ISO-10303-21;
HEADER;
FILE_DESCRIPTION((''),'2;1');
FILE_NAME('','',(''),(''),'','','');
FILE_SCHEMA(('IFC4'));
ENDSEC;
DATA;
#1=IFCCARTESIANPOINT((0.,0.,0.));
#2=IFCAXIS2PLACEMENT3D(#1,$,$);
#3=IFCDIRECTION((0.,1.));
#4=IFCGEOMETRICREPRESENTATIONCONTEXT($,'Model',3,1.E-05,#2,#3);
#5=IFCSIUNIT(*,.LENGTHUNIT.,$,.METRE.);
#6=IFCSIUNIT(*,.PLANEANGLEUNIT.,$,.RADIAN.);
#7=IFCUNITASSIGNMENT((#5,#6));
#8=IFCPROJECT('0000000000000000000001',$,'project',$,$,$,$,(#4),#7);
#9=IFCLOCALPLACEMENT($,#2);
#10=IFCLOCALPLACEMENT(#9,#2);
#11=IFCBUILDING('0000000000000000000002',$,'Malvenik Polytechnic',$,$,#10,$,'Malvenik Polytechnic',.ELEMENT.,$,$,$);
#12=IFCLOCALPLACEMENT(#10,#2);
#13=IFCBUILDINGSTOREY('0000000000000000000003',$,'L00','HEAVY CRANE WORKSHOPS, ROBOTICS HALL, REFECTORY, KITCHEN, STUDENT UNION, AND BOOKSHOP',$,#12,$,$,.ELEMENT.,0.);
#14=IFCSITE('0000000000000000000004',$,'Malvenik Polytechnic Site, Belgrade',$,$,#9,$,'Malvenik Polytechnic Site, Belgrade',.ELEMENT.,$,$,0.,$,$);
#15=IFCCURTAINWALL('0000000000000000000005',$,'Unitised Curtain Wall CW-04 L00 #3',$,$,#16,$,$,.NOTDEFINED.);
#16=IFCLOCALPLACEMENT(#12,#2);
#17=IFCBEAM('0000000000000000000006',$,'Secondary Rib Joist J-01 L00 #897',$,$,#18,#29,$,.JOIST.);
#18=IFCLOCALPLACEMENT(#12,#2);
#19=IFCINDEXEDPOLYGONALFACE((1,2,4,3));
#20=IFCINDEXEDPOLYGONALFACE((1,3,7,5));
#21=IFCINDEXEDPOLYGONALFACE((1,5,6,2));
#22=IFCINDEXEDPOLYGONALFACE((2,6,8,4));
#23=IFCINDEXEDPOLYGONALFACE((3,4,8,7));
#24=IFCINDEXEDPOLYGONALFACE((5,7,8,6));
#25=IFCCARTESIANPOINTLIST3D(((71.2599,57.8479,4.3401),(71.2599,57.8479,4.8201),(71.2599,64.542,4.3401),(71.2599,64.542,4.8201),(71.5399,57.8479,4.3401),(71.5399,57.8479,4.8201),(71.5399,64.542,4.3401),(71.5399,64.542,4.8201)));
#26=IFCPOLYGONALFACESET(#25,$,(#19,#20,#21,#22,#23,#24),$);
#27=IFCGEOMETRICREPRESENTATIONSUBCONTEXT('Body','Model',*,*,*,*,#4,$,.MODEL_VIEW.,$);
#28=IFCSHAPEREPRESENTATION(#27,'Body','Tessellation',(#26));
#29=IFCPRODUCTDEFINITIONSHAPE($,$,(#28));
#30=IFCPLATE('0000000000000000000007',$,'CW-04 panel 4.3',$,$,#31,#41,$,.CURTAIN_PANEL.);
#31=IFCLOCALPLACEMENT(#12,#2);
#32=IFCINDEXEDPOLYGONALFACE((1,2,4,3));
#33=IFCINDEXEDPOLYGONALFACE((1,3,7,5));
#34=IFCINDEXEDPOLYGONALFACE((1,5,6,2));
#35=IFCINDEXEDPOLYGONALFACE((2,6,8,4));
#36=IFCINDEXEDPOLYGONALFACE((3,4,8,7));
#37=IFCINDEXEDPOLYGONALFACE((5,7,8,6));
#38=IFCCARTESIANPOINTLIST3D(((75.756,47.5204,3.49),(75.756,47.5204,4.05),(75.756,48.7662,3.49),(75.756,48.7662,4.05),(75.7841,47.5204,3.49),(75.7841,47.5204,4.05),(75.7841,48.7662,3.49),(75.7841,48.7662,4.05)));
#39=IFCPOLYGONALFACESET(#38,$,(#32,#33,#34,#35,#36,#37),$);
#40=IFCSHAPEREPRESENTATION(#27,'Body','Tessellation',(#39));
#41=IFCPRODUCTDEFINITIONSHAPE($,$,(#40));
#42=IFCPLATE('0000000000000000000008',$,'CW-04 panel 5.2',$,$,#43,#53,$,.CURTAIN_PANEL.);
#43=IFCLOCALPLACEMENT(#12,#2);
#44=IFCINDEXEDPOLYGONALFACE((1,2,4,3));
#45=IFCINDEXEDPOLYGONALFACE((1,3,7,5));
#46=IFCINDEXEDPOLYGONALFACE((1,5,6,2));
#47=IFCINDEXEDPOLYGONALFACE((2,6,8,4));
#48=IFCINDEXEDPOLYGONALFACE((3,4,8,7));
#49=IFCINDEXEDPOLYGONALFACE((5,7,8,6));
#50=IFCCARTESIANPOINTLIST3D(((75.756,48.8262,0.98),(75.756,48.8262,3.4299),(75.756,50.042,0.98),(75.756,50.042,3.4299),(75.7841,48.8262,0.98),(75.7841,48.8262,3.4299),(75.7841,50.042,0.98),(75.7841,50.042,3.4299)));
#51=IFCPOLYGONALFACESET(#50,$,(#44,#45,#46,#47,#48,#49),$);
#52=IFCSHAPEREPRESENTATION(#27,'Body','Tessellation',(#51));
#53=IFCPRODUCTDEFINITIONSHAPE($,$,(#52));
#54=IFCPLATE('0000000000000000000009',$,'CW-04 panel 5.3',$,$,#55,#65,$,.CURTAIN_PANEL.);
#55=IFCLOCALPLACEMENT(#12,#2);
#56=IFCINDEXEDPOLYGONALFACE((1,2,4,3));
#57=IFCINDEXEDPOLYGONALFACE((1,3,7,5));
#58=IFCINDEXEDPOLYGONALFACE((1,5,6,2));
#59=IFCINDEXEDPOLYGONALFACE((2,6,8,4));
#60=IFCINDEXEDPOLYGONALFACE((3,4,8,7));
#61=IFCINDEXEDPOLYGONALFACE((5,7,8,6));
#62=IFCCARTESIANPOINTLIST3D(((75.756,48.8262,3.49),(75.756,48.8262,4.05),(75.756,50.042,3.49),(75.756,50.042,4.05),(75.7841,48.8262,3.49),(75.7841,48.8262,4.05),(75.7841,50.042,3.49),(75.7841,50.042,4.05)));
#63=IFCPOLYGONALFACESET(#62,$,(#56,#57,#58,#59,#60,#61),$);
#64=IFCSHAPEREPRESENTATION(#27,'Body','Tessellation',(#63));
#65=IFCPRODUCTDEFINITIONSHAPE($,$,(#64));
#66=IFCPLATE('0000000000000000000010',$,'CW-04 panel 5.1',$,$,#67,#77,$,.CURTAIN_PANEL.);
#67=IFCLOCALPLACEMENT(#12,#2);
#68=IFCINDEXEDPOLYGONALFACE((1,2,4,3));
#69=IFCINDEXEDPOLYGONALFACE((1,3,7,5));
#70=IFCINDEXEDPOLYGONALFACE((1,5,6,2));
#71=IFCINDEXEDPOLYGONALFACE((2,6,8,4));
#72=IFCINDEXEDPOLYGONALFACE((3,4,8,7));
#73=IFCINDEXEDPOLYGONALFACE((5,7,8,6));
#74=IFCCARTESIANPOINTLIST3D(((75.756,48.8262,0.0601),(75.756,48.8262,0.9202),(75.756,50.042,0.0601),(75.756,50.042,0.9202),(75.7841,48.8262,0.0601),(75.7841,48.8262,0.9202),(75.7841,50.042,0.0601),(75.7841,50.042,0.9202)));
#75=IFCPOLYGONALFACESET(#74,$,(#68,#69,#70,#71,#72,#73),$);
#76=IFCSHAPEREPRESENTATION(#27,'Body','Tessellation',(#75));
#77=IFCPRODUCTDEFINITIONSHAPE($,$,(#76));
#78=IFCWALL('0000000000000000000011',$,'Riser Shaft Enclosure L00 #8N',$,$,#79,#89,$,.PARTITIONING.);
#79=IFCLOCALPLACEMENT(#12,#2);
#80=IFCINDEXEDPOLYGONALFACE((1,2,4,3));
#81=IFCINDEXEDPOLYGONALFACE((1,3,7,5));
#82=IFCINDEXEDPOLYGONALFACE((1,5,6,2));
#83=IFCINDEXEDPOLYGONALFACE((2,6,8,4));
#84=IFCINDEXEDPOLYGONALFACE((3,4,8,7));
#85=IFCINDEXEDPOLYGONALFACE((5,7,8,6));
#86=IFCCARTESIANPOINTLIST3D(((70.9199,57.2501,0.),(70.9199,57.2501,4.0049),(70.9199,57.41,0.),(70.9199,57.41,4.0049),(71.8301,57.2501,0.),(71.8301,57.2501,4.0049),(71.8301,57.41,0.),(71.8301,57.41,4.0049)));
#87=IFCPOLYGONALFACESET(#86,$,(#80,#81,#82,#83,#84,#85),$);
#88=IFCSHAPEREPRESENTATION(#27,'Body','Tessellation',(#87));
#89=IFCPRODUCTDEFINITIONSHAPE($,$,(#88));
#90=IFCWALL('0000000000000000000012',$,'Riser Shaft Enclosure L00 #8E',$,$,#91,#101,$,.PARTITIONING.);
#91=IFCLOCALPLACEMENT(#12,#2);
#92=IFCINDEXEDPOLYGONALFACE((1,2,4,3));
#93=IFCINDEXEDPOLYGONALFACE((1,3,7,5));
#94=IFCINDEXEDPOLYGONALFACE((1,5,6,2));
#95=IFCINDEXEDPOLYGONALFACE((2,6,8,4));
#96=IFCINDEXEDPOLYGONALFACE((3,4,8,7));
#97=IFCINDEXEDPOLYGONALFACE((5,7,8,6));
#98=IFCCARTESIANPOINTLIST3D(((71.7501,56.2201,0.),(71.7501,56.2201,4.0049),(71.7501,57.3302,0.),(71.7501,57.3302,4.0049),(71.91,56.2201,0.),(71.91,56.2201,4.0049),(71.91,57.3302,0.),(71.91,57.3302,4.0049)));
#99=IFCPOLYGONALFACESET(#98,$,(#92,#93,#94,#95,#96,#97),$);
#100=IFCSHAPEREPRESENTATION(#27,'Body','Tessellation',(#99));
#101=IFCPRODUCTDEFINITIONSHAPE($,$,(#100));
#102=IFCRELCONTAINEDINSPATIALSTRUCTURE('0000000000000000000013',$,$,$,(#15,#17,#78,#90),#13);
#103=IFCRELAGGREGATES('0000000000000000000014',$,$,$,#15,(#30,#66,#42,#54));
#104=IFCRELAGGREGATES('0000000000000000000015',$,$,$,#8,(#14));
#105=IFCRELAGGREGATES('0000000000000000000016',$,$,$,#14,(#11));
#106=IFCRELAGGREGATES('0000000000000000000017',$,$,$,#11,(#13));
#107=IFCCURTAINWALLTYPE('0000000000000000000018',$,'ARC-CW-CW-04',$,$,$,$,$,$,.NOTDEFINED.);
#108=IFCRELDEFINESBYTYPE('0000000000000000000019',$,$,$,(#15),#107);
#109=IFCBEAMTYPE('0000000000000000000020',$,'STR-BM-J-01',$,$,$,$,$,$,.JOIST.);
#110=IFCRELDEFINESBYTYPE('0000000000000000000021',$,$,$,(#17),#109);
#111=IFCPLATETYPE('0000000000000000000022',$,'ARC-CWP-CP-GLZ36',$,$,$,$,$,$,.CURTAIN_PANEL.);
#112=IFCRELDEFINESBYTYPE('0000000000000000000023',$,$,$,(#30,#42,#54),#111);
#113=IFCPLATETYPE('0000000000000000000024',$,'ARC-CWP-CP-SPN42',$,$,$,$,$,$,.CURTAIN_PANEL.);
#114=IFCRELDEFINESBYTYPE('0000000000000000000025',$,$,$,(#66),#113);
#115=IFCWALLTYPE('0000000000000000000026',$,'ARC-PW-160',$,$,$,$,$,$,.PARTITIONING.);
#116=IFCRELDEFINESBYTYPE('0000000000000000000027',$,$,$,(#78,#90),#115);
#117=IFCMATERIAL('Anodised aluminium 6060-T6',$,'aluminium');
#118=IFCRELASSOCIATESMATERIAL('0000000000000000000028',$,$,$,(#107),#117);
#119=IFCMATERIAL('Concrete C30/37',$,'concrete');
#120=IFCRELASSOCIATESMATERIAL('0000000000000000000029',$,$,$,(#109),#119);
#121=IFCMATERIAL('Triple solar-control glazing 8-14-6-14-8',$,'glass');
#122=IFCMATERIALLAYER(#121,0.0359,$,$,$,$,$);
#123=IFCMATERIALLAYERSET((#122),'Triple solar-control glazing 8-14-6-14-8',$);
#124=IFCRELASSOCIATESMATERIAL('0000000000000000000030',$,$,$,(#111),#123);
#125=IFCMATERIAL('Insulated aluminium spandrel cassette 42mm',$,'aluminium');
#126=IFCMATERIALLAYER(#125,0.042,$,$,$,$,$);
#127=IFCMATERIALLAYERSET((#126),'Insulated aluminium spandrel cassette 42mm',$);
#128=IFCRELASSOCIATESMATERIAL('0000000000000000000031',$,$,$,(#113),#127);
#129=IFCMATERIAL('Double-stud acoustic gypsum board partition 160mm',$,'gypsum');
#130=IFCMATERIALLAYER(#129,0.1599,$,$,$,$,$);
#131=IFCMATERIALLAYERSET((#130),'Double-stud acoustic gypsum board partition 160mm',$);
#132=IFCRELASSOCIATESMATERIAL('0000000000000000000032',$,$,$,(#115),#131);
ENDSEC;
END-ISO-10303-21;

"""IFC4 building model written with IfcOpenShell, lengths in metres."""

from ifc_helpers import new_model, si_unit, direction, frame, frame_2d, origin, origin_2d, place, context, subcontext, project, spatial, rectangle, extrude, material, layer, layer_set, material_profile, profile_set, type_object, element, aggregate, save


model = new_model("IFC4")

# Units and contexts
model_context = context("Model", 3, precision=1e-05, world=origin(), true_north=direction((0.0, 1.0)))
body_context = subcontext(model_context, "Body", "Model", "MODEL_VIEW")
ifc_project = project(units=[si_unit("LENGTHUNIT", "METRE"), si_unit("PLANEANGLEUNIT", "RADIAN")], contexts=[model_context])

# Site, building, storey
site_placement = place(None, origin())
site = spatial("IfcSite", under=ifc_project, at=site_placement, Name="Malvenik Polytechnic Site, Belgrade", LongName="Malvenik Polytechnic Site, Belgrade", CompositionType="ELEMENT", RefElevation=0.0)
building_placement = place(site_placement, origin())
building = spatial("IfcBuilding", under=site, at=building_placement, Name="Malvenik Polytechnic", LongName="Malvenik Polytechnic", CompositionType="ELEMENT")
storey_placement = place(building_placement, origin())
storey = spatial("IfcBuildingStorey", under=building, at=storey_placement, Name="L00", Description="HEAVY CRANE WORKSHOPS, ROBOTICS HALL, REFECTORY, KITCHEN, STUDENT UNION, AND BOOKSHOP", CompositionType="ELEMENT", Elevation=0.0)

# Curtain wall
ifc_material_1 = material(Name="Anodised aluminium 6060-T6", Category="aluminium")
curtain_wall_type = type_object("IfcCurtainWallType", Name="ARC-CW-CW-04", PredefinedType="NOTDEFINED", material=ifc_material_1)
curtain_wall_placement = place(storey_placement, origin())
curtain_wall = element("IfcCurtainWall", 1, at=curtain_wall_placement, inside=storey, type_object=curtain_wall_type, Name="Unitised Curtain Wall CW-04 L00 #3", PredefinedType="NOTDEFINED")

# Beam
ifc_material_2 = material(Name="Concrete C30/37", Category="concrete")
ifc_material_profile_1 = material_profile(ifc_material_2, rectangle(XDim=0.28, YDim=0.48, at=origin_2d()), Name="RC JST 280x480")
ifc_profile_set_1 = profile_set([ifc_material_profile_1], Name="Concrete C30/37")
beam_type_1 = type_object("IfcBeamType", Name="STR-BM-J-01", PredefinedType="JOIST", material=ifc_profile_set_1)
beam_1_placement = place(storey_placement, frame((71.3999, 57.8479, 4.5801), z_axis=(0.0, 1.0, 0.0), x_axis=(-1.0, 0.0, 0.0)))
element("IfcBeam", 2, at=beam_1_placement, inside=storey, type_object=beam_type_1, Name="Secondary Rib Joist J-01 L00 #897", PredefinedType="JOIST", context=body_context, shape_type="SweptSolid", body=[
    extrude(rectangle(XDim=0.28, YDim=0.48, at=origin_2d()), origin(), (0.0, 0.0, 1.0), 6.6941),
])

# Plates
ifc_material_3 = material(Name="Triple solar-control glazing 8-14-6-14-8", Category="glass")
ifc_layer_1 = layer(ifc_material_3, 0.0359)
ifc_layer_set_1 = layer_set([ifc_layer_1], Name="Triple solar-control glazing 8-14-6-14-8")
plate_type_1 = type_object("IfcPlateType", Name="ARC-CWP-CP-GLZ36", PredefinedType="CURTAIN_PANEL", material=ifc_layer_set_1)
plate_1_placement = place(storey_placement, frame((75.77, 48.1433, 3.49), z_axis=(0.0, 0.0, 1.0), x_axis=(0.0, 1.0, 0.0)))
plate_1 = element("IfcPlate", 3, at=plate_1_placement, type_object=plate_type_1, Name="CW-04 panel 4.3", PredefinedType="CURTAIN_PANEL", context=body_context, shape_type="SweptSolid", body=[
    extrude(rectangle(XDim=1.2458, YDim=0.0281, at=origin_2d()), origin(), (0.0, 0.0, 1.0), 0.5601),
])
plate_2_placement = place(storey_placement, frame((75.77, 49.4341, 0.98), z_axis=(0.0, 0.0, 1.0), x_axis=(0.0, 1.0, 0.0)))
plate_2 = element("IfcPlate", 4, at=plate_2_placement, type_object=plate_type_1, Name="CW-04 panel 5.2", PredefinedType="CURTAIN_PANEL", context=body_context, shape_type="SweptSolid", body=[
    extrude(rectangle(XDim=1.2158, YDim=0.0281, at=origin_2d()), origin(), (0.0, 0.0, 1.0), 2.45),
])
plate_3_placement = place(storey_placement, frame((75.77, 49.4341, 3.49), z_axis=(0.0, 0.0, 1.0), x_axis=(0.0, 1.0, 0.0)))
plate_3 = element("IfcPlate", 5, at=plate_3_placement, type_object=plate_type_1, Name="CW-04 panel 5.3", PredefinedType="CURTAIN_PANEL", context=body_context, shape_type="SweptSolid", body=[
    extrude(rectangle(XDim=1.2158, YDim=0.0281, at=origin_2d()), origin(), (0.0, 0.0, 1.0), 0.5601),
])
ifc_material_4 = material(Name="Insulated aluminium spandrel cassette 42mm", Category="aluminium")
ifc_layer_2 = layer(ifc_material_4, 0.042)
ifc_layer_set_2 = layer_set([ifc_layer_2], Name="Insulated aluminium spandrel cassette 42mm")
plate_type_2 = type_object("IfcPlateType", Name="ARC-CWP-CP-SPN42", PredefinedType="CURTAIN_PANEL", material=ifc_layer_set_2)
plate_4_placement = place(storey_placement, frame((75.77, 49.4341, 0.0601), z_axis=(0.0, 0.0, 1.0), x_axis=(0.0, 1.0, 0.0)))
plate_4 = element("IfcPlate", 6, at=plate_4_placement, type_object=plate_type_2, Name="CW-04 panel 5.1", PredefinedType="CURTAIN_PANEL", context=body_context, shape_type="SweptSolid", body=[
    extrude(rectangle(XDim=1.2158, YDim=0.0281, at=origin_2d()), origin(), (0.0, 0.0, 1.0), 0.8601),
])
aggregate(curtain_wall, [plate_1, plate_4, plate_2, plate_3])

# Walls
ifc_material_5 = material(Name="Double-stud acoustic gypsum board partition 160mm", Category="gypsum")
ifc_layer_3 = layer(ifc_material_5, 0.1599)
ifc_layer_set_3 = layer_set([ifc_layer_3], Name="Double-stud acoustic gypsum board partition 160mm")
wall_type_1 = type_object("IfcWallType", Name="ARC-PW-160", PredefinedType="PARTITIONING", material=ifc_layer_set_3)
wall_1_placement = place(storey_placement, frame((71.8301, 57.3301, 0.0), z_axis=(0.0, 0.0, 1.0), x_axis=(-1.0, 0.0, 0.0)))
element("IfcWall", 7, at=wall_1_placement, inside=storey, type_object=wall_type_1, Name="Riser Shaft Enclosure L00 #8N", PredefinedType="PARTITIONING", context=body_context, shape_type="SweptSolid", body=[
    extrude(rectangle(XDim=0.9102, YDim=0.1599, at=frame_2d((0.4551, 0.0))), origin(), (0.0, 0.0, 1.0), 4.0049),
])
wall_2_placement = place(storey_placement, frame((71.8301, 56.22, 0.0), z_axis=(0.0, 0.0, 1.0), x_axis=(0.0, 1.0, 0.0)))
element("IfcWall", 8, at=wall_2_placement, inside=storey, type_object=wall_type_1, Name="Riser Shaft Enclosure L00 #8E", PredefinedType="PARTITIONING", context=body_context, shape_type="SweptSolid", body=[
    extrude(rectangle(XDim=1.1101, YDim=0.1599, at=frame_2d((0.5552, 0.0))), origin(), (0.0, 0.0, 1.0), 4.0049),
])

save(model, "model.ifc")
